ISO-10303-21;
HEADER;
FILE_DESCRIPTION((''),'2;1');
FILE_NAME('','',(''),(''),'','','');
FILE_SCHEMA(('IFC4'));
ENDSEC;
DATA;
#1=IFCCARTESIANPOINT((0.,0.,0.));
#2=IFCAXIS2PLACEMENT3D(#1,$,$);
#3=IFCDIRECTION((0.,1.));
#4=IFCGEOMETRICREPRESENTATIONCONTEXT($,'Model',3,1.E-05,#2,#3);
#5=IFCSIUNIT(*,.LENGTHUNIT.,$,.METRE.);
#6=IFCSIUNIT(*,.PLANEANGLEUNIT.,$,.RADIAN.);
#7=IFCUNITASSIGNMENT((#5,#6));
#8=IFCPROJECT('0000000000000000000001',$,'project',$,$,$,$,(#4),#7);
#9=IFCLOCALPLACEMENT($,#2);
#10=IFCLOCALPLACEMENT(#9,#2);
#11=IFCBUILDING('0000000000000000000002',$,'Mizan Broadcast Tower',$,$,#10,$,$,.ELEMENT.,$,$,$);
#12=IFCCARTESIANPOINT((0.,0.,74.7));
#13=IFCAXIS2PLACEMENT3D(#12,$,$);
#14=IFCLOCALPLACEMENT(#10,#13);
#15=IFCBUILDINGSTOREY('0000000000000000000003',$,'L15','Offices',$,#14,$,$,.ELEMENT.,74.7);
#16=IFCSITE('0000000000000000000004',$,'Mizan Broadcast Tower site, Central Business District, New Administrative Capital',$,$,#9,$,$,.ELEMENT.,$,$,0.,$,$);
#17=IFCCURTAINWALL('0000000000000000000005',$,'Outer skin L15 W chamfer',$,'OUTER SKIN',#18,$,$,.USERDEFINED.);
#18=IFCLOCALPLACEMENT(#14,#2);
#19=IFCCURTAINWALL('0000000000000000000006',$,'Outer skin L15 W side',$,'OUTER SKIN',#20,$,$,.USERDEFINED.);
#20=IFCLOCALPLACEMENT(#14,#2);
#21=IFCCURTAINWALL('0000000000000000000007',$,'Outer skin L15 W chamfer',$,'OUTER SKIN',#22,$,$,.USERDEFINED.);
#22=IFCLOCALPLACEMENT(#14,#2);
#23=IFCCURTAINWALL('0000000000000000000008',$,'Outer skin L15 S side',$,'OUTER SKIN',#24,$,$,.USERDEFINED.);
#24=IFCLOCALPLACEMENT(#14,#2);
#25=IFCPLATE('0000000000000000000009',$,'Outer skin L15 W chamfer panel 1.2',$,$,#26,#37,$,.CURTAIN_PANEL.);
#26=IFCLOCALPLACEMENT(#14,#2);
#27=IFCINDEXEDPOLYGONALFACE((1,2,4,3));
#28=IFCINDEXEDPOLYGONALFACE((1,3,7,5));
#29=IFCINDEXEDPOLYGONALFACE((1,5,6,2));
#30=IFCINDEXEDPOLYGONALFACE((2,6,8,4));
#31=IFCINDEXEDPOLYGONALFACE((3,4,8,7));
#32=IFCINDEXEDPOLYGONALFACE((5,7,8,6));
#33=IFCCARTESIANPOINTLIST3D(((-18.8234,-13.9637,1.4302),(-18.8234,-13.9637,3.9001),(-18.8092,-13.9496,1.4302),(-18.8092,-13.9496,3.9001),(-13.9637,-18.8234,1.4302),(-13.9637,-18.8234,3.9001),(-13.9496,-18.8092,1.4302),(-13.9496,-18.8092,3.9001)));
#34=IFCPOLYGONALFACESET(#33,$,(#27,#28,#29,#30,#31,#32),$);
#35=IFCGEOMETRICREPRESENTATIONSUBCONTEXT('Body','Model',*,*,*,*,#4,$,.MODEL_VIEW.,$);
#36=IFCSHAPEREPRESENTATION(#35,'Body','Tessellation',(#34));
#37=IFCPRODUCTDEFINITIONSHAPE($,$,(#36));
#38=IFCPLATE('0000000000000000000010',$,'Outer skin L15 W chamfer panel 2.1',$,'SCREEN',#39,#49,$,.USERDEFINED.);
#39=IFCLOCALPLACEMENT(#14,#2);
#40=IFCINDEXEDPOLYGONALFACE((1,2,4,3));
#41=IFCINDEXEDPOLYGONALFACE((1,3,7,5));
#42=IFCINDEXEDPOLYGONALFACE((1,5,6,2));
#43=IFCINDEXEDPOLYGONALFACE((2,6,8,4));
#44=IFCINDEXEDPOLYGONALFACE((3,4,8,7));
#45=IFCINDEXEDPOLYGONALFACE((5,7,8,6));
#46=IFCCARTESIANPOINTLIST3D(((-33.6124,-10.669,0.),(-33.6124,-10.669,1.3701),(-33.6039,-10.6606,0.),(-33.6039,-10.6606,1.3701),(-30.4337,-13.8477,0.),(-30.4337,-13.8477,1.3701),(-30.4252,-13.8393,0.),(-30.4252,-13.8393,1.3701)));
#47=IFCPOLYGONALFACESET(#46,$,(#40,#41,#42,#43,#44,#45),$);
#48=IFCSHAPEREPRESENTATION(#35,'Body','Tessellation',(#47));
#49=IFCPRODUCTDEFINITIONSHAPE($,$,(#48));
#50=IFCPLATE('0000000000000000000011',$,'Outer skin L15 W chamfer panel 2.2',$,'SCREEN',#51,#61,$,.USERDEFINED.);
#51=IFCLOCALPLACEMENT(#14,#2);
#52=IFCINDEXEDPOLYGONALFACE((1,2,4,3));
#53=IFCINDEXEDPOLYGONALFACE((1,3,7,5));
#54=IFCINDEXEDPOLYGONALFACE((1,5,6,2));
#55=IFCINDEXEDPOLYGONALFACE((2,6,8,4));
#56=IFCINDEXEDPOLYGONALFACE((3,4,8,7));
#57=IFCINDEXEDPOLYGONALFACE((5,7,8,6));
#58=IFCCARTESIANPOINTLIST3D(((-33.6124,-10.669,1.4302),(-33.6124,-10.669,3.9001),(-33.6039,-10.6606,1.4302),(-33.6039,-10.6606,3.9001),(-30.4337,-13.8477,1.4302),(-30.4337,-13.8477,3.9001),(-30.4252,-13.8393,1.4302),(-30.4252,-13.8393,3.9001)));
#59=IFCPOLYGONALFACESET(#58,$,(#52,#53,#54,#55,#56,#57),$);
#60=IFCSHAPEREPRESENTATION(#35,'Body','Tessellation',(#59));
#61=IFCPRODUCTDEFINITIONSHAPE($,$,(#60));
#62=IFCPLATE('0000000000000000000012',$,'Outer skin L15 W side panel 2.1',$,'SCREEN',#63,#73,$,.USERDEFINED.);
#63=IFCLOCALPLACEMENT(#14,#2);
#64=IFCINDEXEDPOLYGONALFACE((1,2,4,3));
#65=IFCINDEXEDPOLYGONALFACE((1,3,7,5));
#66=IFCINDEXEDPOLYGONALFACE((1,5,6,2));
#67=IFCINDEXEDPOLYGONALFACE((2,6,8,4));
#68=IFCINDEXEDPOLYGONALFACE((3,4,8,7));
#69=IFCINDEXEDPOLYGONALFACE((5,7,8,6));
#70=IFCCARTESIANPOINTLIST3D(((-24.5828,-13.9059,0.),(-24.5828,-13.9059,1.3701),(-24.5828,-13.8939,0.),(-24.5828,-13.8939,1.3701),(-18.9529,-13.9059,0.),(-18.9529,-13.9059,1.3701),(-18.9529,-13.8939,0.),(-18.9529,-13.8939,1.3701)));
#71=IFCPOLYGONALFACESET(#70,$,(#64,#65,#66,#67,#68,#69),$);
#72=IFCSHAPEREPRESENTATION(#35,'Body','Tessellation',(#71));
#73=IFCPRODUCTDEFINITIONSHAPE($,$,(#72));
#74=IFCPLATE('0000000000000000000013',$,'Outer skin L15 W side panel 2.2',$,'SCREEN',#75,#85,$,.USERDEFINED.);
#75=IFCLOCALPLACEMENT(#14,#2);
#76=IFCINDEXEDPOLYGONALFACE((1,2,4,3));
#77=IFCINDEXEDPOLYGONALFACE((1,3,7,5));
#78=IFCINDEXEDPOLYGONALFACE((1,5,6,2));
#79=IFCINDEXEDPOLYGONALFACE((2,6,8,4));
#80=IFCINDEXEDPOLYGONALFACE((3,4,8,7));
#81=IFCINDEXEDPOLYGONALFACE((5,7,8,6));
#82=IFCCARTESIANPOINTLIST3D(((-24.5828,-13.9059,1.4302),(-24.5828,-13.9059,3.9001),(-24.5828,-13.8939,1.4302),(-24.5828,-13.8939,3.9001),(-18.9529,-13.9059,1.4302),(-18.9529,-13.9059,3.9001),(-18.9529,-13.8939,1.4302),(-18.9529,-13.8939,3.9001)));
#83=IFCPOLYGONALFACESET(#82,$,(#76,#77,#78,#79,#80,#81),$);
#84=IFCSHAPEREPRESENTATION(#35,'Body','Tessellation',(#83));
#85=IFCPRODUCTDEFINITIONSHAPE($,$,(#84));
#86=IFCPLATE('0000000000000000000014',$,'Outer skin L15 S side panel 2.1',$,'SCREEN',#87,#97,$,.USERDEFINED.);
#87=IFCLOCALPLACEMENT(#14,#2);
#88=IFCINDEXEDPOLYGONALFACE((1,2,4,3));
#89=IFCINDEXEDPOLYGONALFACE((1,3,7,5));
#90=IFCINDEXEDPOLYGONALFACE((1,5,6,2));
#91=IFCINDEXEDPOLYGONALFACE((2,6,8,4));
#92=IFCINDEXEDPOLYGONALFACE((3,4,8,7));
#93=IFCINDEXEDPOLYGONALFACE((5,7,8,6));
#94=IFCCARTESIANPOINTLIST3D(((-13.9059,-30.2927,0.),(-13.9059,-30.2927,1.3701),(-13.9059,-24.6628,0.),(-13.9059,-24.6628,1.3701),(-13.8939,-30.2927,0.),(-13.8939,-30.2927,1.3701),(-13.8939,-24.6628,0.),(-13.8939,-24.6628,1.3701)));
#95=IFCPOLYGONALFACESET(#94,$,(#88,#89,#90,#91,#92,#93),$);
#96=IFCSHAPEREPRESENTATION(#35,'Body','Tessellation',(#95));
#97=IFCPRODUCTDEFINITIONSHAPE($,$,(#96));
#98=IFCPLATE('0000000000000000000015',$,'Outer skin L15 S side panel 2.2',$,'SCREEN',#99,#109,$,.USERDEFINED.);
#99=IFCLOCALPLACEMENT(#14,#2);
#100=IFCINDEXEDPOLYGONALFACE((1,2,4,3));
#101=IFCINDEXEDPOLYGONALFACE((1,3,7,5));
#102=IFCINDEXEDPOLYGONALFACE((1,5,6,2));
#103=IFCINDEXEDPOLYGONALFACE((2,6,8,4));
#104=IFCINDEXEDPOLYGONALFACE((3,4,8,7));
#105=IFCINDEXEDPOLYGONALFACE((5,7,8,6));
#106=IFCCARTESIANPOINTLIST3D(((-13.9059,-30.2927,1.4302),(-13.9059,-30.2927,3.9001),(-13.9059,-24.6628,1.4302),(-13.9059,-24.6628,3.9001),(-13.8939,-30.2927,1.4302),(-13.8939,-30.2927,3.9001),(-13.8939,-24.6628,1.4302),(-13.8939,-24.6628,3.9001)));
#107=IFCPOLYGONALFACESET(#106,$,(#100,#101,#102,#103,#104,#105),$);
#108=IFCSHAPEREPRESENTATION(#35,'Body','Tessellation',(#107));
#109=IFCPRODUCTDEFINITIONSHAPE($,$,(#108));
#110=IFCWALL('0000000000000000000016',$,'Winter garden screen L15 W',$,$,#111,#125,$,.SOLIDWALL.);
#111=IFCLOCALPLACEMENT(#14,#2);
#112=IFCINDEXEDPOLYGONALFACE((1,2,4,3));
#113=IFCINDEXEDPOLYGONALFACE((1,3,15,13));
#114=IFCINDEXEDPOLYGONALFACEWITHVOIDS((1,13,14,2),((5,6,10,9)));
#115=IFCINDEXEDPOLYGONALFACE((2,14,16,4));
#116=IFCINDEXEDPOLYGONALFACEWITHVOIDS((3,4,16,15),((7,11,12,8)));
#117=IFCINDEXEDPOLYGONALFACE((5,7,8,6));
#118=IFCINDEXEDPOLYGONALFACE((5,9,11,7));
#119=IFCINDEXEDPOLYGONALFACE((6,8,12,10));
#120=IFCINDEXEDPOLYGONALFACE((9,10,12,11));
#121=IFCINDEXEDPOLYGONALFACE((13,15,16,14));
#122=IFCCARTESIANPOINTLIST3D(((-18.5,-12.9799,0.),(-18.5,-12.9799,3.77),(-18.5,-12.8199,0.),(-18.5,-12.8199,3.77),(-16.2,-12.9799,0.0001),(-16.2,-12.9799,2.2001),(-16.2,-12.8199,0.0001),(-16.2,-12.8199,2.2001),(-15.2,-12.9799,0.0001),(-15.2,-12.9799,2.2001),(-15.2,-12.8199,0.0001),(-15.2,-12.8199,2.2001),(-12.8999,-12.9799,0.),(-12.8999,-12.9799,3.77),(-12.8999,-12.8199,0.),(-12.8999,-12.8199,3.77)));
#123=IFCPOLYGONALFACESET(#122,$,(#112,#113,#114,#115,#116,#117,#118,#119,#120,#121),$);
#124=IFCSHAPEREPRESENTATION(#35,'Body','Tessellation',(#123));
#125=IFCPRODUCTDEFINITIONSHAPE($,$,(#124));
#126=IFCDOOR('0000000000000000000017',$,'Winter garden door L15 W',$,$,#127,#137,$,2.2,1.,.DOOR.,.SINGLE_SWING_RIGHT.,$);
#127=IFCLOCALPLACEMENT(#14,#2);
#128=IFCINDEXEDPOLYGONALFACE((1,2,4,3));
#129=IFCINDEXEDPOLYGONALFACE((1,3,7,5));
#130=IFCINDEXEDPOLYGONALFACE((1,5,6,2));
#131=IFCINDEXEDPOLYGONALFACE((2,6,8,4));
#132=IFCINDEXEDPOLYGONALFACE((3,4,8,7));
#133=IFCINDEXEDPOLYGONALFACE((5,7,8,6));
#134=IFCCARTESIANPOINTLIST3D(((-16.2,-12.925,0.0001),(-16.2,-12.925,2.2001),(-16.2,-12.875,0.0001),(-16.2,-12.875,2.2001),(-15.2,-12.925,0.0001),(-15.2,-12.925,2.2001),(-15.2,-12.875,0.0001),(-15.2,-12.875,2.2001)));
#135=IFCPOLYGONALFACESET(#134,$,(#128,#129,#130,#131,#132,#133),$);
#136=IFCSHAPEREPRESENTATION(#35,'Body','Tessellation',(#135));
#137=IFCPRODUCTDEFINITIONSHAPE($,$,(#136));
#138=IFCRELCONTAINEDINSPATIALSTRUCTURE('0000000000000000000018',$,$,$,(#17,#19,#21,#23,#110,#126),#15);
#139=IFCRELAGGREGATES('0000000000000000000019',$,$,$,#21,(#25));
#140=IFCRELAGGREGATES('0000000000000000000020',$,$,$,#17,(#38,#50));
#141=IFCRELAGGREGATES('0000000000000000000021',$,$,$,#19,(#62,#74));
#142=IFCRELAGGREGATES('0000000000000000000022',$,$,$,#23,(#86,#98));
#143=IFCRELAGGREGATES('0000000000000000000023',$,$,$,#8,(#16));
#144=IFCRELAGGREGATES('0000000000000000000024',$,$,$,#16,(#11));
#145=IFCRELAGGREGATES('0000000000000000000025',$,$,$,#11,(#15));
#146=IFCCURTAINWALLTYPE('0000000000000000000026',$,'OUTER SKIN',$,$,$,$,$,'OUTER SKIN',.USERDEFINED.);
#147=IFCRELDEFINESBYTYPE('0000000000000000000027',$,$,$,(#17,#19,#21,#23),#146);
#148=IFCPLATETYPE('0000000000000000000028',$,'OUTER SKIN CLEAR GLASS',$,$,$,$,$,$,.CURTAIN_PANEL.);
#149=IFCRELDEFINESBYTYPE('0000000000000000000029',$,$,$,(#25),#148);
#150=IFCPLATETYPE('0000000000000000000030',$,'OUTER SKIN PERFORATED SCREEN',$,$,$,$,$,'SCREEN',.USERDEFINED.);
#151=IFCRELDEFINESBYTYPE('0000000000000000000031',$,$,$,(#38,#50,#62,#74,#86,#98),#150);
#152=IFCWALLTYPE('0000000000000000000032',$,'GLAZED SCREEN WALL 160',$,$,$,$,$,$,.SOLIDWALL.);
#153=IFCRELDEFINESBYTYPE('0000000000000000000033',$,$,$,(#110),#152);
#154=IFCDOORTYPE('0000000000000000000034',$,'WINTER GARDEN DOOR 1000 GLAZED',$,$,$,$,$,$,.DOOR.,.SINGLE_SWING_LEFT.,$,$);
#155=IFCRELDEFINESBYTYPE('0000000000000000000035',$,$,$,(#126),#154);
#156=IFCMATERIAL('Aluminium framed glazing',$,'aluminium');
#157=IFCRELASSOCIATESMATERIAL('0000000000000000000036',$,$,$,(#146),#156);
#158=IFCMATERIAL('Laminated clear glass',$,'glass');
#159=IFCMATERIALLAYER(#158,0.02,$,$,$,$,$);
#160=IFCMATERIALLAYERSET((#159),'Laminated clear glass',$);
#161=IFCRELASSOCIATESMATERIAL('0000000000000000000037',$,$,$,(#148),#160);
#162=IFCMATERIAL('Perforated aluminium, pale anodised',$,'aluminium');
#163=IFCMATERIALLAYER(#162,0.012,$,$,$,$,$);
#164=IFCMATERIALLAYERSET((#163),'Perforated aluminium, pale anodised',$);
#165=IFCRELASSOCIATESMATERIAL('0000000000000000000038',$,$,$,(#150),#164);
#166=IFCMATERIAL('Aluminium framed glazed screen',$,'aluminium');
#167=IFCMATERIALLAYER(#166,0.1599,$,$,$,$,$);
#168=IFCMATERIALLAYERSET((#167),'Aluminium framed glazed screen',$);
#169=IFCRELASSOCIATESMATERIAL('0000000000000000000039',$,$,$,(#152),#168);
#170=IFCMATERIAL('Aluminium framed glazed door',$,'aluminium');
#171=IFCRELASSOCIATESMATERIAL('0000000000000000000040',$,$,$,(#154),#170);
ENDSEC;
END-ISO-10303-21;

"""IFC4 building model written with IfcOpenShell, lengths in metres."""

from ifc_helpers import new_model, si_unit, direction, frame, frame_2d, origin, origin_2d, place, context, subcontext, project, spatial, rectangle, extrude, material, layer, layer_set, type_object, element, fill, aggregate, save


model = new_model("IFC4")

# Units and contexts
model_context = context("Model", 3, precision=1e-05, world=origin(), true_north=direction((0.0, 1.0)))
body_context = subcontext(model_context, "Body", "Model", "MODEL_VIEW")
ifc_project = project(units=[si_unit("LENGTHUNIT", "METRE"), si_unit("PLANEANGLEUNIT", "RADIAN")], contexts=[model_context])

# Site, building, storey
site_placement = place(None, origin())
site = spatial("IfcSite", under=ifc_project, at=site_placement, Name="Mizan Broadcast Tower site, Central Business District, New Administrative Capital", CompositionType="ELEMENT", RefElevation=0.0)
building_placement = place(site_placement, origin())
building = spatial("IfcBuilding", under=site, at=building_placement, Name="Mizan Broadcast Tower", CompositionType="ELEMENT")
storey_placement = place(building_placement, frame((0.0, 0.0, 74.7)))
storey = spatial("IfcBuildingStorey", under=building, at=storey_placement, Name="L15", Description="Offices", CompositionType="ELEMENT", Elevation=74.7)

# Curtain wall
ifc_material_1 = material(Name="Aluminium framed glazing", Category="aluminium")
curtain_wall_type_1 = type_object("IfcCurtainWallType", Name="OUTER SKIN", ElementType="OUTER SKIN", PredefinedType="USERDEFINED", material=ifc_material_1)
curtain_wall_1_placement = place(storey_placement, origin())
curtain_wall_1 = element("IfcCurtainWall", 1, at=curtain_wall_1_placement, inside=storey, type_object=curtain_wall_type_1, Name="Outer skin L15 W chamfer", ObjectType="OUTER SKIN", PredefinedType="USERDEFINED")

# Curtain wall
curtain_wall_2_placement = place(storey_placement, origin())
curtain_wall_2 = element("IfcCurtainWall", 2, at=curtain_wall_2_placement, inside=storey, type_object=curtain_wall_type_1, Name="Outer skin L15 W side", ObjectType="OUTER SKIN", PredefinedType="USERDEFINED")

# Curtain walls
curtain_wall_3_placement = place(storey_placement, origin())
curtain_wall_3 = element("IfcCurtainWall", 3, at=curtain_wall_3_placement, inside=storey, type_object=curtain_wall_type_1, Name="Outer skin L15 W chamfer", ObjectType="OUTER SKIN", PredefinedType="USERDEFINED")
curtain_wall_4_placement = place(storey_placement, origin())
curtain_wall_4 = element("IfcCurtainWall", 4, at=curtain_wall_4_placement, inside=storey, type_object=curtain_wall_type_1, Name="Outer skin L15 S side", ObjectType="OUTER SKIN", PredefinedType="USERDEFINED")

# Plates
ifc_material_2 = material(Name="Laminated clear glass", Category="glass")
ifc_layer_1 = layer(ifc_material_2, 0.02)
ifc_layer_set_1 = layer_set([ifc_layer_1], Name="Laminated clear glass")
plate_type_1 = type_object("IfcPlateType", Name="OUTER SKIN CLEAR GLASS", PredefinedType="CURTAIN_PANEL", material=ifc_layer_set_1)
plate_1_placement = place(storey_placement, frame((-16.3865, -16.3865, 1.4302), z_axis=(0.0, 0.0, 1.0), x_axis=(0.707107, -0.707107, 0.0)))
plate_1 = element("IfcPlate", 5, at=plate_1_placement, type_object=plate_type_1, Name="Outer skin L15 W chamfer panel 1.2", PredefinedType="CURTAIN_PANEL", context=body_context, shape_type="SweptSolid", body=[
    extrude(rectangle(XDim=6.8726, YDim=0.02, at=origin_2d()), origin(), (0.0, 0.0, 1.0), 2.47),
])
aggregate(curtain_wall_3, [plate_1])
ifc_material_3 = material(Name="Perforated aluminium, pale anodised", Category="aluminium")
ifc_layer_2 = layer(ifc_material_3, 0.012)
ifc_layer_set_2 = layer_set([ifc_layer_2], Name="Perforated aluminium, pale anodised")
plate_type_2 = type_object("IfcPlateType", Name="OUTER SKIN PERFORATED SCREEN", ElementType="SCREEN", PredefinedType="USERDEFINED", material=ifc_layer_set_2)
plate_2_placement = place(storey_placement, frame((-32.0188, -12.2542, 0.0), z_axis=(0.0, 0.0, 1.0), x_axis=(0.707107, -0.707107, 0.0)))
plate_2 = element("IfcPlate", 6, at=plate_2_placement, type_object=plate_type_2, Name="Outer skin L15 W chamfer panel 2.1", ObjectType="SCREEN", PredefinedType="USERDEFINED", context=body_context, shape_type="SweptSolid", body=[
    extrude(rectangle(XDim=4.4954, YDim=0.012, at=origin_2d()), origin(), (0.0, 0.0, 1.0), 1.3701),
])
plate_3_placement = place(storey_placement, frame((-32.0188, -12.2542, 1.4302), z_axis=(0.0, 0.0, 1.0), x_axis=(0.707107, -0.707107, 0.0)))
plate_3 = element("IfcPlate", 7, at=plate_3_placement, type_object=plate_type_2, Name="Outer skin L15 W chamfer panel 2.2", ObjectType="SCREEN", PredefinedType="USERDEFINED", context=body_context, shape_type="SweptSolid", body=[
    extrude(rectangle(XDim=4.4954, YDim=0.012, at=origin_2d()), origin(), (0.0, 0.0, 1.0), 2.47),
])
aggregate(curtain_wall_1, [plate_2, plate_3])
plate_4_placement = place(storey_placement, frame((-21.7678, -13.8999, 0.0), z_axis=(0.0, 0.0, 1.0), x_axis=(1.0, 0.0, 0.0)))
plate_4 = element("IfcPlate", 8, at=plate_4_placement, type_object=plate_type_2, Name="Outer skin L15 W side panel 2.1", ObjectType="SCREEN", PredefinedType="USERDEFINED", context=body_context, shape_type="SweptSolid", body=[
    extrude(rectangle(XDim=5.6299, YDim=0.012, at=origin_2d()), origin(), (0.0, 0.0, 1.0), 1.3701),
])
plate_5_placement = place(storey_placement, frame((-21.7678, -13.8999, 1.4302), z_axis=(0.0, 0.0, 1.0), x_axis=(1.0, 0.0, 0.0)))
plate_5 = element("IfcPlate", 9, at=plate_5_placement, type_object=plate_type_2, Name="Outer skin L15 W side panel 2.2", ObjectType="SCREEN", PredefinedType="USERDEFINED", context=body_context, shape_type="SweptSolid", body=[
    extrude(rectangle(XDim=5.6299, YDim=0.012, at=origin_2d()), origin(), (0.0, 0.0, 1.0), 2.47),
])
aggregate(curtain_wall_2, [plate_4, plate_5])
plate_6_placement = place(storey_placement, frame((-13.8999, -27.4778, 0.0), z_axis=(0.0, 0.0, 1.0), x_axis=(0.0, -1.0, 0.0)))
plate_6 = element("IfcPlate", 10, at=plate_6_placement, type_object=plate_type_2, Name="Outer skin L15 S side panel 2.1", ObjectType="SCREEN", PredefinedType="USERDEFINED", context=body_context, shape_type="SweptSolid", body=[
    extrude(rectangle(XDim=5.6299, YDim=0.012, at=origin_2d()), origin(), (0.0, 0.0, 1.0), 1.3701),
])
plate_7_placement = place(storey_placement, frame((-13.8999, -27.4778, 1.4302), z_axis=(0.0, 0.0, 1.0), x_axis=(0.0, -1.0, 0.0)))
plate_7 = element("IfcPlate", 11, at=plate_7_placement, type_object=plate_type_2, Name="Outer skin L15 S side panel 2.2", ObjectType="SCREEN", PredefinedType="USERDEFINED", context=body_context, shape_type="SweptSolid", body=[
    extrude(rectangle(XDim=5.6299, YDim=0.012, at=origin_2d()), origin(), (0.0, 0.0, 1.0), 2.47),
])
aggregate(curtain_wall_4, [plate_6, plate_7])

# Wall, opening, door
ifc_material_4 = material(Name="Aluminium framed glazed screen", Category="aluminium")
ifc_layer_3 = layer(ifc_material_4, 0.1599)
ifc_layer_set_3 = layer_set([ifc_layer_3], Name="Aluminium framed glazed screen")
wall_type = type_object("IfcWallType", Name="GLAZED SCREEN WALL 160", PredefinedType="SOLIDWALL", material=ifc_layer_set_3)
wall_placement = place(storey_placement, frame((-18.5, -12.8999, 0.0), z_axis=(0.0, 0.0, 1.0), x_axis=(1.0, 0.0, 0.0)))
wall = element("IfcWall", 12, at=wall_placement, inside=storey, type_object=wall_type, Name="Winter garden screen L15 W", PredefinedType="SOLIDWALL", context=body_context, shape_type="SweptSolid", body=[
    extrude(rectangle(XDim=5.6001, YDim=0.1599, at=frame_2d((2.8, 0.0))), origin(), (0.0, 0.0, 1.0), 3.77),
])
opening_placement = place(wall_placement, frame((2.3, 0.0, 0.0)))
opening = element("IfcOpeningElement", 13, at=opening_placement, cuts=wall, PredefinedType="OPENING", context=body_context, shape_type="SweptSolid", body=[
    extrude(rectangle(XDim=1.0, YDim=2.2, at=frame_2d((0.5, 1.1001))), frame((0.0, 0.0898, 0.0), z_axis=(0.0, -1.0, 0.0), x_axis=(1.0, 0.0, 0.0)), (0.0, 0.0, 1.0), 0.1799),
])
ifc_material_5 = material(Name="Aluminium framed glazed door", Category="aluminium")
door_type = type_object("IfcDoorType", Name="WINTER GARDEN DOOR 1000 GLAZED", OperationType="SINGLE_SWING_LEFT", PredefinedType="DOOR", material=ifc_material_5)
door_placement = place(opening_placement, origin())
door = element("IfcDoor", 14, at=door_placement, inside=storey, type_object=door_type, Name="Winter garden door L15 W", OperationType="SINGLE_SWING_RIGHT", OverallHeight=2.2, OverallWidth=1.0, PredefinedType="DOOR", context=body_context, shape_type="SweptSolid", body=[
    extrude(rectangle(XDim=1.0, YDim=2.2, at=frame_2d((0.5, 1.1001))), frame((0.0, 0.0249, 0.0), z_axis=(0.0, -1.0, 0.0), x_axis=(1.0, 0.0, 0.0)), (0.0, 0.0, 1.0), 0.05),
])
fill(opening, door)

save(model, "model.ifc")
